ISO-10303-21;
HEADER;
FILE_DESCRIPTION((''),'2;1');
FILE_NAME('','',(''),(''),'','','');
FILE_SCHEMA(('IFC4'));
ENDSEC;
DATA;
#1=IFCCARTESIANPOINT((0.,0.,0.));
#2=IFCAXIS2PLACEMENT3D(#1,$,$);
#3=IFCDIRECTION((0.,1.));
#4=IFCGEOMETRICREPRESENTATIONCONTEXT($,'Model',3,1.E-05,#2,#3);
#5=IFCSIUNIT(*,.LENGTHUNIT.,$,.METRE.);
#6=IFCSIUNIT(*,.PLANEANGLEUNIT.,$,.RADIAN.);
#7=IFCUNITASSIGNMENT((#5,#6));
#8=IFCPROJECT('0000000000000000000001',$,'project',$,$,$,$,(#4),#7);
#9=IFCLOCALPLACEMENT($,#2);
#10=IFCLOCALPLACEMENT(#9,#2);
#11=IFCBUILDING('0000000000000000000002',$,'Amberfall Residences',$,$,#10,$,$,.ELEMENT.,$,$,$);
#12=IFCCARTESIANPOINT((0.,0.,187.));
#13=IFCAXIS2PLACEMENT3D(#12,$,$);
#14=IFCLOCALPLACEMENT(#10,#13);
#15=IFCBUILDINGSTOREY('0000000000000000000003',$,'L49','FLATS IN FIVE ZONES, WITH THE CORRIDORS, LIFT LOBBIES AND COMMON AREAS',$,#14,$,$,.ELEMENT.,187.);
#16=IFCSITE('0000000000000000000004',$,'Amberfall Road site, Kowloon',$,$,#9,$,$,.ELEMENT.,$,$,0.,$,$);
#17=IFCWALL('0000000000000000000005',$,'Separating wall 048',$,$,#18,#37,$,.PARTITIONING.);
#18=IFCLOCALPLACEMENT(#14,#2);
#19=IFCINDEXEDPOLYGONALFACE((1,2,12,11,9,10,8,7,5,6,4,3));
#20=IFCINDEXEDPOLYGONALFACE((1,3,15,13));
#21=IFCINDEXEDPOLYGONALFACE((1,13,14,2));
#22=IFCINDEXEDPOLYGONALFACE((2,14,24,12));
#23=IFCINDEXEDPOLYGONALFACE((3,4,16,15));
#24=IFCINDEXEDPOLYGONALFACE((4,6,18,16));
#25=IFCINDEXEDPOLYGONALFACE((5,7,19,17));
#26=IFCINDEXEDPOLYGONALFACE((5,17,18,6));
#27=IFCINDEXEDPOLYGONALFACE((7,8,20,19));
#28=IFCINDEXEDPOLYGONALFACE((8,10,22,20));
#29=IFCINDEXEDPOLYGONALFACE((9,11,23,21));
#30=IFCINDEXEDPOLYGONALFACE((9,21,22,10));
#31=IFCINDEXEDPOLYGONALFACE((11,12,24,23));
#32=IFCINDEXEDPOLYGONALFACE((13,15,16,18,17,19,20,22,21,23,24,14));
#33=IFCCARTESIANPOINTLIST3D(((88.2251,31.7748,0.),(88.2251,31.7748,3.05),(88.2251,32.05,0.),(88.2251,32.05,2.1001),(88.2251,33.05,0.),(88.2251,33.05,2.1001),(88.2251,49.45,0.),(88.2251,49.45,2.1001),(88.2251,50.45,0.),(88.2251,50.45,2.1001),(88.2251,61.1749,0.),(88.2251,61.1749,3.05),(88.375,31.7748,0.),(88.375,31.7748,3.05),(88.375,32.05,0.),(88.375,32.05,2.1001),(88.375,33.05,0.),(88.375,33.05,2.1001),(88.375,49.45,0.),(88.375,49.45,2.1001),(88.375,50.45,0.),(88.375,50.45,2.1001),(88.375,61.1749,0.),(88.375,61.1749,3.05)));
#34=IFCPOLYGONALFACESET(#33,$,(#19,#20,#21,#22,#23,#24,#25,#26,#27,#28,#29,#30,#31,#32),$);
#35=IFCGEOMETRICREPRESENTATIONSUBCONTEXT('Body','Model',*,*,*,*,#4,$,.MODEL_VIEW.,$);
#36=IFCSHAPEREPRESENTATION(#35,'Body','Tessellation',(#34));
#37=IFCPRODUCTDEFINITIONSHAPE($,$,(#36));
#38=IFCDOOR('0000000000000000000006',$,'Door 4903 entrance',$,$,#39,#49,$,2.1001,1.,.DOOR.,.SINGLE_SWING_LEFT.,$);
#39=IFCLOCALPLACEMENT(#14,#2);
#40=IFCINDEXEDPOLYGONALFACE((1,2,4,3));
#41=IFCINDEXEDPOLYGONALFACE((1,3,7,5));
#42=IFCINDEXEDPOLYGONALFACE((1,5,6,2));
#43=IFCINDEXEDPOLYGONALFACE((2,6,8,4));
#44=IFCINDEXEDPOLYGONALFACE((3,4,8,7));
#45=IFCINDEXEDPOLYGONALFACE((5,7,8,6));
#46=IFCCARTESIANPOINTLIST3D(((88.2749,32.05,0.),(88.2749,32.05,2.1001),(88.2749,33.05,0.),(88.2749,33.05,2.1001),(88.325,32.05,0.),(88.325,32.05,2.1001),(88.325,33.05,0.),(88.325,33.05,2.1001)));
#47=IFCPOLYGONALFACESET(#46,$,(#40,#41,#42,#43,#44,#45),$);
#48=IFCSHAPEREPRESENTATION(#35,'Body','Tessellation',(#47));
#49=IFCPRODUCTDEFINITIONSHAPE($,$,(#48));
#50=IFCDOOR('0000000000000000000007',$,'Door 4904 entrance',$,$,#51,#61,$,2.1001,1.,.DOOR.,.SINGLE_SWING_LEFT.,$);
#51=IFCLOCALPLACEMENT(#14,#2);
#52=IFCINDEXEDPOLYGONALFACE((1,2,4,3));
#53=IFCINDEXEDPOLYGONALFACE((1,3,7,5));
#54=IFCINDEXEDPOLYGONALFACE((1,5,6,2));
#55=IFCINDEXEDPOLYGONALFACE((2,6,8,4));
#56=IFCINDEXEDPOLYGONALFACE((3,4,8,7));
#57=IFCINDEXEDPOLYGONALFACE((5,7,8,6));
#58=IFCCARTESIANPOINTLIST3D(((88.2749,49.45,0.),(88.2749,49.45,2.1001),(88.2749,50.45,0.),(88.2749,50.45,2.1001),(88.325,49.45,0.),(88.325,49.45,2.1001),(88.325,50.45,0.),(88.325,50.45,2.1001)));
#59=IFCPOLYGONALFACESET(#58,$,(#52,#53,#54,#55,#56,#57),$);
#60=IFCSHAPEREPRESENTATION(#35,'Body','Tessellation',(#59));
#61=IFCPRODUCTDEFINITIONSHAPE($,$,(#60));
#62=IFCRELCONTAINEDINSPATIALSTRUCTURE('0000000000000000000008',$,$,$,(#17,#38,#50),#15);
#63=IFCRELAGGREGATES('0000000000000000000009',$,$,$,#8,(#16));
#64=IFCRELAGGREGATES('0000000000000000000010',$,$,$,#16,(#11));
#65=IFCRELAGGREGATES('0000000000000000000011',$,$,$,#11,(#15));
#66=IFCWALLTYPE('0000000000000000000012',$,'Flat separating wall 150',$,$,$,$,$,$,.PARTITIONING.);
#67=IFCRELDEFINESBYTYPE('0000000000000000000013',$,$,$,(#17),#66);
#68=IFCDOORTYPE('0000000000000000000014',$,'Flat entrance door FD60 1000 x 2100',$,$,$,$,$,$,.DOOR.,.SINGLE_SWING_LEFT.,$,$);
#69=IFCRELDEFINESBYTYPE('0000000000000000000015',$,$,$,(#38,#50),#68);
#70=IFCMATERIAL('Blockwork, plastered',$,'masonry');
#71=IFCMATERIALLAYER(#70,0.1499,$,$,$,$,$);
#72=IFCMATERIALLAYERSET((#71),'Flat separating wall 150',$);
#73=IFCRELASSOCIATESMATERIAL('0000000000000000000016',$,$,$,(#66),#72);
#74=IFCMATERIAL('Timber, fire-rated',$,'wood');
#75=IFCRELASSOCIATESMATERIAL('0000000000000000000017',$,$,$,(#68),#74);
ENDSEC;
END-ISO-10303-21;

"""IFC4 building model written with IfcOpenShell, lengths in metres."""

from ifc_helpers import new_model, si_unit, direction, frame, frame_2d, origin, place, context, subcontext, project, spatial, rectangle, extrude, material, layer, layer_set, type_object, element, fill, save


model = new_model("IFC4")

# Units and contexts
model_context = context("Model", 3, precision=1e-05, world=origin(), true_north=direction((0.0, 1.0)))
body_context = subcontext(model_context, "Body", "Model", "MODEL_VIEW")
ifc_project = project(units=[si_unit("LENGTHUNIT", "METRE"), si_unit("PLANEANGLEUNIT", "RADIAN")], contexts=[model_context])

# Site, building, storey
site_placement = place(None, origin())
site = spatial("IfcSite", under=ifc_project, at=site_placement, Name="Amberfall Road site, Kowloon", CompositionType="ELEMENT", RefElevation=0.0)
building_placement = place(site_placement, origin())
building = spatial("IfcBuilding", under=site, at=building_placement, Name="Amberfall Residences", CompositionType="ELEMENT")
storey_placement = place(building_placement, frame((0.0, 0.0, 187.0)))
storey = spatial("IfcBuildingStorey", under=building, at=storey_placement, Name="L49", Description="FLATS IN FIVE ZONES, WITH THE CORRIDORS, LIFT LOBBIES AND COMMON AREAS", CompositionType="ELEMENT", Elevation=187.0)

# Wall, openings, doors
ifc_material_1 = material(Name="Blockwork, plastered", Category="masonry")
ifc_layer_1 = layer(ifc_material_1, 0.1499)
ifc_layer_set_1 = layer_set([ifc_layer_1], Name="Flat separating wall 150")
wall_type_1 = type_object("IfcWallType", Name="Flat separating wall 150", PredefinedType="PARTITIONING", material=ifc_layer_set_1)
wall_1_placement = place(storey_placement, frame((88.3, 61.175, 0.0), z_axis=(0.0, 0.0, 1.0), x_axis=(0.0, -1.0, 0.0)))
wall_1 = element("IfcWall", 1, at=wall_1_placement, inside=storey, type_object=wall_type_1, Name="Separating wall 048", PredefinedType="PARTITIONING", context=body_context, shape_type="SweptSolid", body=[
    extrude(rectangle(XDim=29.4001, YDim=0.1499, at=frame_2d((14.7002, 0.0))), origin(), (0.0, 0.0, 1.0), 3.05),
])
opening_1_placement = place(wall_1_placement, frame((28.125, 0.0, 0.0)))
opening_1 = element("IfcOpeningElement", 2, at=opening_1_placement, cuts=wall_1, PredefinedType="OPENING", context=body_context, shape_type="SweptSolid", body=[
    extrude(rectangle(XDim=1.0, YDim=2.1001, at=frame_2d((0.5, 1.05))), frame((0.0, 0.085, 0.0), z_axis=(0.0, -1.0, 0.0), x_axis=(1.0, 0.0, 0.0)), (0.0, 0.0, 1.0), 0.1699),
])
opening_2_placement = place(wall_1_placement, frame((10.7251, 0.0, 0.0)))
opening_2 = element("IfcOpeningElement", 3, at=opening_2_placement, cuts=wall_1, PredefinedType="OPENING", context=body_context, shape_type="SweptSolid", body=[
    extrude(rectangle(XDim=1.0, YDim=2.1001, at=frame_2d((0.5, 1.05))), frame((0.0, 0.085, 0.0), z_axis=(0.0, -1.0, 0.0), x_axis=(1.0, 0.0, 0.0)), (0.0, 0.0, 1.0), 0.1699),
])
ifc_material_2 = material(Name="Timber, fire-rated", Category="wood")
door_type = type_object("IfcDoorType", Name="Flat entrance door FD60 1000 x 2100", OperationType="SINGLE_SWING_LEFT", PredefinedType="DOOR", material=ifc_material_2)
door_1_placement = place(opening_1_placement, origin())
door_1 = element("IfcDoor", 4, at=door_1_placement, inside=storey, type_object=door_type, Name="Door 4903 entrance", OperationType="SINGLE_SWING_LEFT", OverallHeight=2.1001, OverallWidth=1.0, PredefinedType="DOOR", context=body_context, shape_type="SweptSolid", body=[
    extrude(rectangle(XDim=1.0, YDim=2.1001, at=frame_2d((0.5, 1.05))), frame((0.0, 0.0249, 0.0), z_axis=(0.0, -1.0, 0.0), x_axis=(1.0, 0.0, 0.0)), (0.0, 0.0, 1.0), 0.05),
])
fill(opening_1, door_1)
door_2_placement = place(opening_2_placement, origin())
door_2 = element("IfcDoor", 5, at=door_2_placement, inside=storey, type_object=door_type, Name="Door 4904 entrance", OperationType="SINGLE_SWING_LEFT", OverallHeight=2.1001, OverallWidth=1.0, PredefinedType="DOOR", context=body_context, shape_type="SweptSolid", body=[
    extrude(rectangle(XDim=1.0, YDim=2.1001, at=frame_2d((0.5, 1.05))), frame((0.0, 0.0249, 0.0), z_axis=(0.0, -1.0, 0.0), x_axis=(1.0, 0.0, 0.0)), (0.0, 0.0, 1.0), 0.05),
])
fill(opening_2, door_2)

save(model, "model.ifc")
